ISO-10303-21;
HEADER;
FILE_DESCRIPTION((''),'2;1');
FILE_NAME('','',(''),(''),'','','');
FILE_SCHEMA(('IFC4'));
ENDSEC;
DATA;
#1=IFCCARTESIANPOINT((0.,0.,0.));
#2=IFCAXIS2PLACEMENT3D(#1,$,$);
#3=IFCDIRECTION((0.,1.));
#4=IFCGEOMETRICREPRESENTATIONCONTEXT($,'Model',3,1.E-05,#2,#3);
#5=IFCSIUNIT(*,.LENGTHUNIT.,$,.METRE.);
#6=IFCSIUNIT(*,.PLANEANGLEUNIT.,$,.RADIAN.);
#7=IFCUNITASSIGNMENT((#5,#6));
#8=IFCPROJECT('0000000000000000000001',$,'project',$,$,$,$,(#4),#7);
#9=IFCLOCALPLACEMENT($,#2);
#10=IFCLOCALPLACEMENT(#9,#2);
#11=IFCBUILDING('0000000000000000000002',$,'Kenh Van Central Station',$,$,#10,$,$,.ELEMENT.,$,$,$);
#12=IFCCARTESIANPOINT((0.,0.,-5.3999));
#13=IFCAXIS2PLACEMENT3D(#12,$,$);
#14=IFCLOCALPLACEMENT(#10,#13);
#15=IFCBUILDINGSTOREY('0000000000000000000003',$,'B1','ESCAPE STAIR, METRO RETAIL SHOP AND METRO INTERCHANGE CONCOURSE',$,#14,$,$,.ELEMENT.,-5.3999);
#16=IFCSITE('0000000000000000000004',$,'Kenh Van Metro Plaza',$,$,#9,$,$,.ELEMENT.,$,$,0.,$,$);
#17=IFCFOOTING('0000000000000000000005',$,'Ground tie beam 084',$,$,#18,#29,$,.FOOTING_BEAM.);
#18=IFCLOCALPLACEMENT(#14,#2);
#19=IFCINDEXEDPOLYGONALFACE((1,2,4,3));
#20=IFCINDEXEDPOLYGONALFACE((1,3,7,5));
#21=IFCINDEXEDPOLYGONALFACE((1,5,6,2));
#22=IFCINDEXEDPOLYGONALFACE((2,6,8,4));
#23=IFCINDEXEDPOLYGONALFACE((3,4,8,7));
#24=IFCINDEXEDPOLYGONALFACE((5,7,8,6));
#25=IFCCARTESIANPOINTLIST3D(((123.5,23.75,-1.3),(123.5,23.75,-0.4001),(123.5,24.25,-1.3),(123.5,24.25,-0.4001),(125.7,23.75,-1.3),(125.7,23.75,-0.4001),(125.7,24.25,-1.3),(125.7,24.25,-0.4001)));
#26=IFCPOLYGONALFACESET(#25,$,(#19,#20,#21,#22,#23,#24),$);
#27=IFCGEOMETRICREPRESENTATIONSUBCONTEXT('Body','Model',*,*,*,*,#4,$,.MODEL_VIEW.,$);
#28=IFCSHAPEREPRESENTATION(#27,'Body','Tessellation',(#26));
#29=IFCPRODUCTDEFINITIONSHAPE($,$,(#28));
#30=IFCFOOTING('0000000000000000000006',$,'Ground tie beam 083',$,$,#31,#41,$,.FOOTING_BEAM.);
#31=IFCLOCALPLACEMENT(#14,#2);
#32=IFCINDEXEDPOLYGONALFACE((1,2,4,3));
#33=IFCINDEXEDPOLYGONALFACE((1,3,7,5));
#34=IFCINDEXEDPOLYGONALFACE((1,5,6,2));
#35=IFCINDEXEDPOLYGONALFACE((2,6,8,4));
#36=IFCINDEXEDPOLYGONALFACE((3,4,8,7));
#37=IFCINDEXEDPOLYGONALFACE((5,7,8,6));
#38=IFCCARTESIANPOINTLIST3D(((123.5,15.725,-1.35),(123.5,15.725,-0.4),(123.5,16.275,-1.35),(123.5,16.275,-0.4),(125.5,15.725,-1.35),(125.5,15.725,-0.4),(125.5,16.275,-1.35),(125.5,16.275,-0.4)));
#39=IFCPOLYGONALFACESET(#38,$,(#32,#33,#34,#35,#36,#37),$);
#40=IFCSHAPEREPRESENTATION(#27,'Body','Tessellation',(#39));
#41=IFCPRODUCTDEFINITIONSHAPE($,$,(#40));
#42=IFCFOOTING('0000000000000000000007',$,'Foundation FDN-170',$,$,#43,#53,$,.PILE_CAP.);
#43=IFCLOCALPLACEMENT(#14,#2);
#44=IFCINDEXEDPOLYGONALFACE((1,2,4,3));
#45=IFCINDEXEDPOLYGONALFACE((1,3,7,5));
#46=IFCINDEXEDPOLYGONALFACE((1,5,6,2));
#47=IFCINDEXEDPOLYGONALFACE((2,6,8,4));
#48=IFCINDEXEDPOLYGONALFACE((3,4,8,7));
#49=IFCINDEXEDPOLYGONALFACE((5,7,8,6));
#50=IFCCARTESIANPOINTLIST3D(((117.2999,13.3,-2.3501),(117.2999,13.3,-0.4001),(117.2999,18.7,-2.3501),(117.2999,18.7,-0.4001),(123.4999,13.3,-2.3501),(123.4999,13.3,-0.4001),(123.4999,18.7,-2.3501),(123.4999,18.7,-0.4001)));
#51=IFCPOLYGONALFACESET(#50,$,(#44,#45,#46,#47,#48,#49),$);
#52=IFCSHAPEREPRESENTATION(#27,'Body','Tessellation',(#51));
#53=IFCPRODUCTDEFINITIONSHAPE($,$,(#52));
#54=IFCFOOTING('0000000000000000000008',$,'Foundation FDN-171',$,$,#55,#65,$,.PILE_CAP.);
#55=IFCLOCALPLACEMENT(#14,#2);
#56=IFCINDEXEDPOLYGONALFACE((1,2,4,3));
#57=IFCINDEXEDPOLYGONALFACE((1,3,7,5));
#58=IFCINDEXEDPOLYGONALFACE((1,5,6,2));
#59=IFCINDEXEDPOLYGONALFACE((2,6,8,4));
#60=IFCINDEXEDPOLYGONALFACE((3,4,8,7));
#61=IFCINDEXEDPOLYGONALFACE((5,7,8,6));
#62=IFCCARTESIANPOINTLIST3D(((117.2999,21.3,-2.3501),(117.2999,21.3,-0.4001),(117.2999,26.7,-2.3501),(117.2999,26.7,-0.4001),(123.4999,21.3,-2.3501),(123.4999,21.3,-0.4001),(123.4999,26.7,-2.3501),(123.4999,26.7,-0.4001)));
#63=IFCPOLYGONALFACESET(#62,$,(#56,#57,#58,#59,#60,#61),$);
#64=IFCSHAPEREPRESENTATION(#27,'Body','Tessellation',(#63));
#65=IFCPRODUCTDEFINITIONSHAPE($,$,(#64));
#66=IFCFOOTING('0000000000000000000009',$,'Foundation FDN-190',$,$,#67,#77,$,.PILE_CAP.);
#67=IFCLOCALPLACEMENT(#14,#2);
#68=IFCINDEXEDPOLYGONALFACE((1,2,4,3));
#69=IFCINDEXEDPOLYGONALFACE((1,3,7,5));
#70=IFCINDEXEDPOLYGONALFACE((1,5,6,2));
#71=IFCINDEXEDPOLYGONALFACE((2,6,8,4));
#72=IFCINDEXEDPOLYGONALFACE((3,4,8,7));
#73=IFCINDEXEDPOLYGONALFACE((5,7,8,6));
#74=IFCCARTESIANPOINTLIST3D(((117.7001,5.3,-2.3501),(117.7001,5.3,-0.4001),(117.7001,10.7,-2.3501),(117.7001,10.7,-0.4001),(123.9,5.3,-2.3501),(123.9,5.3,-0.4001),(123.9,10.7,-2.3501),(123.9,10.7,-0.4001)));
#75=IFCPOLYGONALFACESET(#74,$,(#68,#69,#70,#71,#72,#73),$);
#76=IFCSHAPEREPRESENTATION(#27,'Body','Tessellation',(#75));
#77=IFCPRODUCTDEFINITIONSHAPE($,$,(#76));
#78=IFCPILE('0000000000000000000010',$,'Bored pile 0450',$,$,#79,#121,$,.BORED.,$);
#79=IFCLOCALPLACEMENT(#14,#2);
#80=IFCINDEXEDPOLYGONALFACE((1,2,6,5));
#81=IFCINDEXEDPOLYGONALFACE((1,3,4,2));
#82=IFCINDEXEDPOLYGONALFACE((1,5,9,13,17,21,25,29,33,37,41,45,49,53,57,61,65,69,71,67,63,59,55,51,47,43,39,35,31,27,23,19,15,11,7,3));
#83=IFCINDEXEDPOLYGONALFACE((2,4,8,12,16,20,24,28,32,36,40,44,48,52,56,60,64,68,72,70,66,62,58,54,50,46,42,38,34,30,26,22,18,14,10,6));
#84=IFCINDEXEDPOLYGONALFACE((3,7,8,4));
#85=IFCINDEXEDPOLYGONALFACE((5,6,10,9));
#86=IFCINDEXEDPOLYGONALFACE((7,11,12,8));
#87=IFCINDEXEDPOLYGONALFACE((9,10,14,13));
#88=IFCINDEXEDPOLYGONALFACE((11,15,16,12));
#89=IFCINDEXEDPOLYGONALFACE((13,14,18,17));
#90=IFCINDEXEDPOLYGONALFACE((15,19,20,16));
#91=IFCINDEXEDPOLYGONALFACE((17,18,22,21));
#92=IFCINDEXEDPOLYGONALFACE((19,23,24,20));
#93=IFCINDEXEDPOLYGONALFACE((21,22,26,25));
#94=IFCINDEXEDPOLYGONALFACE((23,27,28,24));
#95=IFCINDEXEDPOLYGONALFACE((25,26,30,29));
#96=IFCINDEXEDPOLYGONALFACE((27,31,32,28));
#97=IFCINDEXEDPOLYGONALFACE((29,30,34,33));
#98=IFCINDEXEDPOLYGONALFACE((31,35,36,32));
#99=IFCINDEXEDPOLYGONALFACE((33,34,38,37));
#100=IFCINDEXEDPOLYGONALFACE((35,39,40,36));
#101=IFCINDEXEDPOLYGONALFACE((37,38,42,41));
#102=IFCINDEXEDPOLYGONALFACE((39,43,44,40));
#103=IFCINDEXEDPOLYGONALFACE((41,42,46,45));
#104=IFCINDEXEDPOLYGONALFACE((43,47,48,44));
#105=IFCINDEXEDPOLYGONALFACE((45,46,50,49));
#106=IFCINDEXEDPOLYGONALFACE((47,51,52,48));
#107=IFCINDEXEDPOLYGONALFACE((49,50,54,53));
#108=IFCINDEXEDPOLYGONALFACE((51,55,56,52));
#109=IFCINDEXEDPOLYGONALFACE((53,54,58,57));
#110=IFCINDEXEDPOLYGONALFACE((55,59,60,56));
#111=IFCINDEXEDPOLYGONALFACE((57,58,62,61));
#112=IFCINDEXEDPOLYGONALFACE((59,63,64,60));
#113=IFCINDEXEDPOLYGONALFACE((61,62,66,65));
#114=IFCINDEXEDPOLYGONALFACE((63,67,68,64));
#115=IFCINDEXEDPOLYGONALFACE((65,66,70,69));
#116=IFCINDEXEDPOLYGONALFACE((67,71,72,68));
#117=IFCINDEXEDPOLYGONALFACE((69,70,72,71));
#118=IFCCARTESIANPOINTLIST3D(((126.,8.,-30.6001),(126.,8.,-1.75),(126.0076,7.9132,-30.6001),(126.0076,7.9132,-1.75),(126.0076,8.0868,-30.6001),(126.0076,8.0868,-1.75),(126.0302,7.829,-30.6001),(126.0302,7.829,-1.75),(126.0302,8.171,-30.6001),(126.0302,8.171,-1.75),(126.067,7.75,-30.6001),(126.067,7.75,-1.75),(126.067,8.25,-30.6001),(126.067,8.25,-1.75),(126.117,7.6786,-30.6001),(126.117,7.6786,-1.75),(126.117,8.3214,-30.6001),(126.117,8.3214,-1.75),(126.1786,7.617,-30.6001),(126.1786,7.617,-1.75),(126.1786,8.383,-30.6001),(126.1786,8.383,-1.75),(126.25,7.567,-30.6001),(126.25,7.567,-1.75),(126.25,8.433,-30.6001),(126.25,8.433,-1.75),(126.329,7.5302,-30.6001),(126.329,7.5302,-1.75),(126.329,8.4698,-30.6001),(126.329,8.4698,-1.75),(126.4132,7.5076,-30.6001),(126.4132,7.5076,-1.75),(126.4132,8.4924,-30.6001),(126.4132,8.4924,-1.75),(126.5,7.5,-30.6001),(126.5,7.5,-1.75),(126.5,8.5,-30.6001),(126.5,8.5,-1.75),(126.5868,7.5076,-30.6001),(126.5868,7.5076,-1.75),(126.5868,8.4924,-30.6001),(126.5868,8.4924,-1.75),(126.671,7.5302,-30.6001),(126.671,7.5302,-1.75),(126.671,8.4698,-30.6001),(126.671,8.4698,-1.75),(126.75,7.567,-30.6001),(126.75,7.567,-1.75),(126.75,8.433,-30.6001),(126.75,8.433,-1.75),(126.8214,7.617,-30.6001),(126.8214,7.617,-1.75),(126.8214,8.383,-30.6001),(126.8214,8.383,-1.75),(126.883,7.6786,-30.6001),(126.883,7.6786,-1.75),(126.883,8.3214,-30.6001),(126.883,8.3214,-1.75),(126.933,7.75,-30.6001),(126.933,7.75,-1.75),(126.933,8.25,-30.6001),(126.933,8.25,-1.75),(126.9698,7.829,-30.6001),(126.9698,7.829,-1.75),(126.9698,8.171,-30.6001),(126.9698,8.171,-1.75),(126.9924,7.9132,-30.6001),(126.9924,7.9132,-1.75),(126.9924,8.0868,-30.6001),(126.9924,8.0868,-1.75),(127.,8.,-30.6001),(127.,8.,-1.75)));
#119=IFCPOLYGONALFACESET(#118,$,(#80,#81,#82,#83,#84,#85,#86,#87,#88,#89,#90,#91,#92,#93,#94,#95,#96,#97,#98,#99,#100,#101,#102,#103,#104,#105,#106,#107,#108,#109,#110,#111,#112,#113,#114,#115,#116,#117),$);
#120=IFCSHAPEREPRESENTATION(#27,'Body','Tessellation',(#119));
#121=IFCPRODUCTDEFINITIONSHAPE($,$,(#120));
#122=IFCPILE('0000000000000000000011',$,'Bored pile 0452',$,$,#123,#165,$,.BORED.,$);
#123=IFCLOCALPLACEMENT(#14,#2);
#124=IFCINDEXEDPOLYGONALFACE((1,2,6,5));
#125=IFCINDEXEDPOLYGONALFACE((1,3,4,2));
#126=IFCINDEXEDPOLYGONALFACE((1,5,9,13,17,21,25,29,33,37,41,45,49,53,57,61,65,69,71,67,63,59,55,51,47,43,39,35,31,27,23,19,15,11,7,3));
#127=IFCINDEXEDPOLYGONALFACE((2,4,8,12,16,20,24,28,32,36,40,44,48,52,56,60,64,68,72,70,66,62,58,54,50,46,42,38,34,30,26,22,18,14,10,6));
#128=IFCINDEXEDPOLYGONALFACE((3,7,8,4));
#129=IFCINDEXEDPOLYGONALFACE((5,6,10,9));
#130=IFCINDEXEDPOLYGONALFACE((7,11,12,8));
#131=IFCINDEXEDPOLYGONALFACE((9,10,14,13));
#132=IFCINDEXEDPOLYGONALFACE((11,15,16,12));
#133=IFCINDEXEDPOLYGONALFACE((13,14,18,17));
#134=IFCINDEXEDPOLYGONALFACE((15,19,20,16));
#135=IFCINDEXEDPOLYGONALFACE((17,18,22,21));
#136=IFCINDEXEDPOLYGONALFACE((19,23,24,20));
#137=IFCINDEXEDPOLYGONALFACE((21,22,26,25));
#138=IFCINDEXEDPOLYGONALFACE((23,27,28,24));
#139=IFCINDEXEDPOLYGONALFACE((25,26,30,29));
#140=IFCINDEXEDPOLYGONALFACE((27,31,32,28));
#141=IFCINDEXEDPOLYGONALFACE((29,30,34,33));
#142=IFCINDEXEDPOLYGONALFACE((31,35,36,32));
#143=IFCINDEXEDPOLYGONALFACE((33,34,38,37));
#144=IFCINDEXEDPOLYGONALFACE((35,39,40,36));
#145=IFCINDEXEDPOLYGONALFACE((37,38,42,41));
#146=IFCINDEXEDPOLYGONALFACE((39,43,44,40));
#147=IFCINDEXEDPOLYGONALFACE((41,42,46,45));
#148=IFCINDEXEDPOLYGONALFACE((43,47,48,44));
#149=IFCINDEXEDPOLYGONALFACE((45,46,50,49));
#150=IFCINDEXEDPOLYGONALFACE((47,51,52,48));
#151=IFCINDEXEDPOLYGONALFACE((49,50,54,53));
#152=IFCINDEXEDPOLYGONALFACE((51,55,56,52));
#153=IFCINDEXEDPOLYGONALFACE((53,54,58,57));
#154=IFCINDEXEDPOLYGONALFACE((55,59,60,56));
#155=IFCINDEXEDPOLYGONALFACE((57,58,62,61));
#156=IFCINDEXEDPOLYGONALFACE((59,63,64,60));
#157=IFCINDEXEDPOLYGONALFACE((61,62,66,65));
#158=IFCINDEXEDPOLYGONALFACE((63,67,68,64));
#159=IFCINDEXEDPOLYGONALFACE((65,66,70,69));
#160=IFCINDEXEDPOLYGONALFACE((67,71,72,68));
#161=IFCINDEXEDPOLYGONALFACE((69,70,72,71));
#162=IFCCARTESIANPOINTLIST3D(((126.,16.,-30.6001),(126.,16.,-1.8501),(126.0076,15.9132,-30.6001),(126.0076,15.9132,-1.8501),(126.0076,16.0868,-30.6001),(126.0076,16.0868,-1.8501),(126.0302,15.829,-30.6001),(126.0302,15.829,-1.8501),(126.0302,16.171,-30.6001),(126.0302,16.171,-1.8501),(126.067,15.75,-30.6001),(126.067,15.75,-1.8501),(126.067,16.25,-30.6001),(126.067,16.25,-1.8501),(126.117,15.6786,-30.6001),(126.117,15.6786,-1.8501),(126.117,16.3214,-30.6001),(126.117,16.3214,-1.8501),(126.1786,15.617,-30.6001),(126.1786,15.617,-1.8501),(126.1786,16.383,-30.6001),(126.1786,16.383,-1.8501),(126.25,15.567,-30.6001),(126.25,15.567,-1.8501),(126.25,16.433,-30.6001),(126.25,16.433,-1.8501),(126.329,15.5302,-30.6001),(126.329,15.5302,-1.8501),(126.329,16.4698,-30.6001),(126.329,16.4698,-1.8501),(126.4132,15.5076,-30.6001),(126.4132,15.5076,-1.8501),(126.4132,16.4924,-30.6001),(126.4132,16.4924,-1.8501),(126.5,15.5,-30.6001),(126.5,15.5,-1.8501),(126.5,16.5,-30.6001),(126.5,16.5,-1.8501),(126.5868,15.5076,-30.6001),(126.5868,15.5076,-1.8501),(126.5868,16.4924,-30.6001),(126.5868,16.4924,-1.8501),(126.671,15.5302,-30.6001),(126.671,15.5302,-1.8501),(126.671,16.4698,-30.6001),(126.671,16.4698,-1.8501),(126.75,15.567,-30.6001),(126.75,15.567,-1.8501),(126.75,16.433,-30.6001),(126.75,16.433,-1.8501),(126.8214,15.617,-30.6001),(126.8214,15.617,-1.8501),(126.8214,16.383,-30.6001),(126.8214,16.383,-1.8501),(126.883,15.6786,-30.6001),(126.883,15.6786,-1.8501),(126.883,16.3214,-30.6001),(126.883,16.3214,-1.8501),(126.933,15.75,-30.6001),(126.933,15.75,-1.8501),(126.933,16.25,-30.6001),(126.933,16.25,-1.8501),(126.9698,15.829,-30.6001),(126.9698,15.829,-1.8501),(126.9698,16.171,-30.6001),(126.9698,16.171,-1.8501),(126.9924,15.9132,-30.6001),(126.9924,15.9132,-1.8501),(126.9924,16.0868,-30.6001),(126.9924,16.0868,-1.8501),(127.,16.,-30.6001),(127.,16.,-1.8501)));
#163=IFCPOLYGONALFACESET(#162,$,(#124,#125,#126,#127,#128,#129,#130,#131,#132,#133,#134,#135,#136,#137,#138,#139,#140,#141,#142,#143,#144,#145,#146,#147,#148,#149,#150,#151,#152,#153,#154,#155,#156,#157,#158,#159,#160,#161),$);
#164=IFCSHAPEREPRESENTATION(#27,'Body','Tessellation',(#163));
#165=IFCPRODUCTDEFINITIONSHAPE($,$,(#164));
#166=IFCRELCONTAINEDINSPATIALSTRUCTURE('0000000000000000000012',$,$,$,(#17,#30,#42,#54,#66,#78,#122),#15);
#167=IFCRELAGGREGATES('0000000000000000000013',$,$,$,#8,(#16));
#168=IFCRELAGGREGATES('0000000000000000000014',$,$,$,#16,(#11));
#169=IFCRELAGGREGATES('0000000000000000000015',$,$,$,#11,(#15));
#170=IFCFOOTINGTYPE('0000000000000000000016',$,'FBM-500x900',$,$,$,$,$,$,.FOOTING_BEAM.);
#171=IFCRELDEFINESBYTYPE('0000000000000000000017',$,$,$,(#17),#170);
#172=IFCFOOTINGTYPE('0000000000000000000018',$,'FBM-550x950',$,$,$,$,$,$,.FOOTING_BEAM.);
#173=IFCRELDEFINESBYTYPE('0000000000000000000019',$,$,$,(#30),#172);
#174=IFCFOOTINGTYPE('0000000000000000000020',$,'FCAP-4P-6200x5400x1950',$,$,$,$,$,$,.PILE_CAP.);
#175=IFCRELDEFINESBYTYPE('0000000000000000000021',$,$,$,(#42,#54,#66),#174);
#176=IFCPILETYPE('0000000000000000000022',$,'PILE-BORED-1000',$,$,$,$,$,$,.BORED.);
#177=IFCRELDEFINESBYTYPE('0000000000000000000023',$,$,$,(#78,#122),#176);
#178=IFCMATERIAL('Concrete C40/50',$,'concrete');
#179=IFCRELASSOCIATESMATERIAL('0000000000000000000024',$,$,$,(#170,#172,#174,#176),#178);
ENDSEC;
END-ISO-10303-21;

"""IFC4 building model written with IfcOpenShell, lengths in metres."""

from ifc_helpers import new_model, si_unit, direction, frame, origin, origin_2d, place, context, subcontext, project, spatial, rectangle, circle, extrude, material, material_profile, profile_set, type_object, element, save


model = new_model("IFC4")

# Units and contexts
model_context = context("Model", 3, precision=1e-05, world=origin(), true_north=direction((0.0, 1.0)))
body_context = subcontext(model_context, "Body", "Model", "MODEL_VIEW")
ifc_project = project(units=[si_unit("LENGTHUNIT", "METRE"), si_unit("PLANEANGLEUNIT", "RADIAN")], contexts=[model_context])

# Site, building, storey
site_placement = place(None, origin())
site = spatial("IfcSite", under=ifc_project, at=site_placement, Name="Kenh Van Metro Plaza", CompositionType="ELEMENT", RefElevation=0.0)
building_placement = place(site_placement, origin())
building = spatial("IfcBuilding", under=site, at=building_placement, Name="Kenh Van Central Station", CompositionType="ELEMENT")
storey_placement = place(building_placement, frame((0.0, 0.0, -5.3999)))
storey = spatial("IfcBuildingStorey", under=building, at=storey_placement, Name="B1", Description="ESCAPE STAIR, METRO RETAIL SHOP AND METRO INTERCHANGE CONCOURSE", CompositionType="ELEMENT", Elevation=-5.3999)

# Footings
ifc_material_1 = material(Name="Concrete C40/50", Category="concrete")
ifc_material_profile_1 = material_profile(ifc_material_1, rectangle(XDim=0.5, YDim=0.8999, at=origin_2d()), Name="RC 500x900")
ifc_profile_set_1 = profile_set([ifc_material_profile_1], Name="Concrete C40/50")
footing_type_1 = type_object("IfcFootingType", Name="FBM-500x900", PredefinedType="FOOTING_BEAM", material=ifc_profile_set_1)
footing_1_placement = place(storey_placement, frame((123.5, 24.0, -0.8501), z_axis=(1.0, 0.0, 0.0), x_axis=(0.0, 1.0, 0.0)))
element("IfcFooting", 1, at=footing_1_placement, inside=storey, type_object=footing_type_1, Name="Ground tie beam 084", PredefinedType="FOOTING_BEAM", context=body_context, shape_type="SweptSolid", body=[
    extrude(rectangle(XDim=0.5, YDim=0.8999, at=origin_2d()), origin(), (0.0, 0.0, 1.0), 2.2),
])
ifc_material_profile_2 = material_profile(ifc_material_1, rectangle(XDim=0.55, YDim=0.95, at=origin_2d()), Name="RC 550x950")
ifc_profile_set_2 = profile_set([ifc_material_profile_2], Name="Concrete C40/50")
footing_type_2 = type_object("IfcFootingType", Name="FBM-550x950", PredefinedType="FOOTING_BEAM", material=ifc_profile_set_2)
footing_2_placement = place(storey_placement, frame((123.5, 16.0, -0.875), z_axis=(1.0, 0.0, 0.0), x_axis=(0.0, 1.0, 0.0)))
element("IfcFooting", 2, at=footing_2_placement, inside=storey, type_object=footing_type_2, Name="Ground tie beam 083", PredefinedType="FOOTING_BEAM", context=body_context, shape_type="SweptSolid", body=[
    extrude(rectangle(XDim=0.55, YDim=0.95, at=origin_2d()), origin(), (0.0, 0.0, 1.0), 2.0),
])
footing_type_3 = type_object("IfcFootingType", Name="FCAP-4P-6200x5400x1950", PredefinedType="PILE_CAP", material=ifc_material_1)
for number, where, z_axis, x_axis, name in (
    (3, (120.3999, 16.0, -2.3501), (0.0, 0.0, 1.0), (1.0, 0.0, 0.0), "Foundation FDN-170"),
    (4, (120.3999, 24.0, -2.3501), (0.0, 0.0, 1.0), (1.0, 0.0, 0.0), "Foundation FDN-171"),
    (5, (120.8, 8.0, -2.3501), (0.0, 0.0, 1.0), (1.0, 0.0, 0.0), "Foundation FDN-190"),
):
    element("IfcFooting", number, at=place(storey_placement, frame(where, z_axis=z_axis, x_axis=x_axis)), inside=storey, type_object=footing_type_3, Name=name, PredefinedType="PILE_CAP", context=body_context, shape_type="SweptSolid", body=[
        extrude(rectangle(XDim=6.2, YDim=5.3999, at=origin_2d()), origin(), (0.0, 0.0, 1.0), 1.95),
    ])

# Piles
ifc_material_profile_3 = material_profile(ifc_material_1, circle(Radius=0.5, at=origin_2d()), Name="PILE D1000")
ifc_profile_set_3 = profile_set([ifc_material_profile_3], Name="Concrete C40/50")
pile_type_1 = type_object("IfcPileType", Name="PILE-BORED-1000", PredefinedType="BORED", material=ifc_profile_set_3)
pile_1_placement = place(storey_placement, frame((126.5, 8.0, -1.75), z_axis=(0.0, 0.0, -1.0), x_axis=(1.0, 0.0, 0.0)))
element("IfcPile", 6, at=pile_1_placement, inside=storey, type_object=pile_type_1, Name="Bored pile 0450", PredefinedType="BORED", context=body_context, shape_type="SweptSolid", body=[
    extrude(circle(Radius=0.5, at=origin_2d()), origin(), (0.0, 0.0, 1.0), 28.8501),
])
pile_2_placement = place(storey_placement, frame((126.5, 16.0, -1.8501), z_axis=(0.0, 0.0, -1.0), x_axis=(1.0, 0.0, 0.0)))
element("IfcPile", 7, at=pile_2_placement, inside=storey, type_object=pile_type_1, Name="Bored pile 0452", PredefinedType="BORED", context=body_context, shape_type="SweptSolid", body=[
    extrude(circle(Radius=0.5, at=origin_2d()), origin(), (0.0, 0.0, 1.0), 28.75),
])

save(model, "model.ifc")
